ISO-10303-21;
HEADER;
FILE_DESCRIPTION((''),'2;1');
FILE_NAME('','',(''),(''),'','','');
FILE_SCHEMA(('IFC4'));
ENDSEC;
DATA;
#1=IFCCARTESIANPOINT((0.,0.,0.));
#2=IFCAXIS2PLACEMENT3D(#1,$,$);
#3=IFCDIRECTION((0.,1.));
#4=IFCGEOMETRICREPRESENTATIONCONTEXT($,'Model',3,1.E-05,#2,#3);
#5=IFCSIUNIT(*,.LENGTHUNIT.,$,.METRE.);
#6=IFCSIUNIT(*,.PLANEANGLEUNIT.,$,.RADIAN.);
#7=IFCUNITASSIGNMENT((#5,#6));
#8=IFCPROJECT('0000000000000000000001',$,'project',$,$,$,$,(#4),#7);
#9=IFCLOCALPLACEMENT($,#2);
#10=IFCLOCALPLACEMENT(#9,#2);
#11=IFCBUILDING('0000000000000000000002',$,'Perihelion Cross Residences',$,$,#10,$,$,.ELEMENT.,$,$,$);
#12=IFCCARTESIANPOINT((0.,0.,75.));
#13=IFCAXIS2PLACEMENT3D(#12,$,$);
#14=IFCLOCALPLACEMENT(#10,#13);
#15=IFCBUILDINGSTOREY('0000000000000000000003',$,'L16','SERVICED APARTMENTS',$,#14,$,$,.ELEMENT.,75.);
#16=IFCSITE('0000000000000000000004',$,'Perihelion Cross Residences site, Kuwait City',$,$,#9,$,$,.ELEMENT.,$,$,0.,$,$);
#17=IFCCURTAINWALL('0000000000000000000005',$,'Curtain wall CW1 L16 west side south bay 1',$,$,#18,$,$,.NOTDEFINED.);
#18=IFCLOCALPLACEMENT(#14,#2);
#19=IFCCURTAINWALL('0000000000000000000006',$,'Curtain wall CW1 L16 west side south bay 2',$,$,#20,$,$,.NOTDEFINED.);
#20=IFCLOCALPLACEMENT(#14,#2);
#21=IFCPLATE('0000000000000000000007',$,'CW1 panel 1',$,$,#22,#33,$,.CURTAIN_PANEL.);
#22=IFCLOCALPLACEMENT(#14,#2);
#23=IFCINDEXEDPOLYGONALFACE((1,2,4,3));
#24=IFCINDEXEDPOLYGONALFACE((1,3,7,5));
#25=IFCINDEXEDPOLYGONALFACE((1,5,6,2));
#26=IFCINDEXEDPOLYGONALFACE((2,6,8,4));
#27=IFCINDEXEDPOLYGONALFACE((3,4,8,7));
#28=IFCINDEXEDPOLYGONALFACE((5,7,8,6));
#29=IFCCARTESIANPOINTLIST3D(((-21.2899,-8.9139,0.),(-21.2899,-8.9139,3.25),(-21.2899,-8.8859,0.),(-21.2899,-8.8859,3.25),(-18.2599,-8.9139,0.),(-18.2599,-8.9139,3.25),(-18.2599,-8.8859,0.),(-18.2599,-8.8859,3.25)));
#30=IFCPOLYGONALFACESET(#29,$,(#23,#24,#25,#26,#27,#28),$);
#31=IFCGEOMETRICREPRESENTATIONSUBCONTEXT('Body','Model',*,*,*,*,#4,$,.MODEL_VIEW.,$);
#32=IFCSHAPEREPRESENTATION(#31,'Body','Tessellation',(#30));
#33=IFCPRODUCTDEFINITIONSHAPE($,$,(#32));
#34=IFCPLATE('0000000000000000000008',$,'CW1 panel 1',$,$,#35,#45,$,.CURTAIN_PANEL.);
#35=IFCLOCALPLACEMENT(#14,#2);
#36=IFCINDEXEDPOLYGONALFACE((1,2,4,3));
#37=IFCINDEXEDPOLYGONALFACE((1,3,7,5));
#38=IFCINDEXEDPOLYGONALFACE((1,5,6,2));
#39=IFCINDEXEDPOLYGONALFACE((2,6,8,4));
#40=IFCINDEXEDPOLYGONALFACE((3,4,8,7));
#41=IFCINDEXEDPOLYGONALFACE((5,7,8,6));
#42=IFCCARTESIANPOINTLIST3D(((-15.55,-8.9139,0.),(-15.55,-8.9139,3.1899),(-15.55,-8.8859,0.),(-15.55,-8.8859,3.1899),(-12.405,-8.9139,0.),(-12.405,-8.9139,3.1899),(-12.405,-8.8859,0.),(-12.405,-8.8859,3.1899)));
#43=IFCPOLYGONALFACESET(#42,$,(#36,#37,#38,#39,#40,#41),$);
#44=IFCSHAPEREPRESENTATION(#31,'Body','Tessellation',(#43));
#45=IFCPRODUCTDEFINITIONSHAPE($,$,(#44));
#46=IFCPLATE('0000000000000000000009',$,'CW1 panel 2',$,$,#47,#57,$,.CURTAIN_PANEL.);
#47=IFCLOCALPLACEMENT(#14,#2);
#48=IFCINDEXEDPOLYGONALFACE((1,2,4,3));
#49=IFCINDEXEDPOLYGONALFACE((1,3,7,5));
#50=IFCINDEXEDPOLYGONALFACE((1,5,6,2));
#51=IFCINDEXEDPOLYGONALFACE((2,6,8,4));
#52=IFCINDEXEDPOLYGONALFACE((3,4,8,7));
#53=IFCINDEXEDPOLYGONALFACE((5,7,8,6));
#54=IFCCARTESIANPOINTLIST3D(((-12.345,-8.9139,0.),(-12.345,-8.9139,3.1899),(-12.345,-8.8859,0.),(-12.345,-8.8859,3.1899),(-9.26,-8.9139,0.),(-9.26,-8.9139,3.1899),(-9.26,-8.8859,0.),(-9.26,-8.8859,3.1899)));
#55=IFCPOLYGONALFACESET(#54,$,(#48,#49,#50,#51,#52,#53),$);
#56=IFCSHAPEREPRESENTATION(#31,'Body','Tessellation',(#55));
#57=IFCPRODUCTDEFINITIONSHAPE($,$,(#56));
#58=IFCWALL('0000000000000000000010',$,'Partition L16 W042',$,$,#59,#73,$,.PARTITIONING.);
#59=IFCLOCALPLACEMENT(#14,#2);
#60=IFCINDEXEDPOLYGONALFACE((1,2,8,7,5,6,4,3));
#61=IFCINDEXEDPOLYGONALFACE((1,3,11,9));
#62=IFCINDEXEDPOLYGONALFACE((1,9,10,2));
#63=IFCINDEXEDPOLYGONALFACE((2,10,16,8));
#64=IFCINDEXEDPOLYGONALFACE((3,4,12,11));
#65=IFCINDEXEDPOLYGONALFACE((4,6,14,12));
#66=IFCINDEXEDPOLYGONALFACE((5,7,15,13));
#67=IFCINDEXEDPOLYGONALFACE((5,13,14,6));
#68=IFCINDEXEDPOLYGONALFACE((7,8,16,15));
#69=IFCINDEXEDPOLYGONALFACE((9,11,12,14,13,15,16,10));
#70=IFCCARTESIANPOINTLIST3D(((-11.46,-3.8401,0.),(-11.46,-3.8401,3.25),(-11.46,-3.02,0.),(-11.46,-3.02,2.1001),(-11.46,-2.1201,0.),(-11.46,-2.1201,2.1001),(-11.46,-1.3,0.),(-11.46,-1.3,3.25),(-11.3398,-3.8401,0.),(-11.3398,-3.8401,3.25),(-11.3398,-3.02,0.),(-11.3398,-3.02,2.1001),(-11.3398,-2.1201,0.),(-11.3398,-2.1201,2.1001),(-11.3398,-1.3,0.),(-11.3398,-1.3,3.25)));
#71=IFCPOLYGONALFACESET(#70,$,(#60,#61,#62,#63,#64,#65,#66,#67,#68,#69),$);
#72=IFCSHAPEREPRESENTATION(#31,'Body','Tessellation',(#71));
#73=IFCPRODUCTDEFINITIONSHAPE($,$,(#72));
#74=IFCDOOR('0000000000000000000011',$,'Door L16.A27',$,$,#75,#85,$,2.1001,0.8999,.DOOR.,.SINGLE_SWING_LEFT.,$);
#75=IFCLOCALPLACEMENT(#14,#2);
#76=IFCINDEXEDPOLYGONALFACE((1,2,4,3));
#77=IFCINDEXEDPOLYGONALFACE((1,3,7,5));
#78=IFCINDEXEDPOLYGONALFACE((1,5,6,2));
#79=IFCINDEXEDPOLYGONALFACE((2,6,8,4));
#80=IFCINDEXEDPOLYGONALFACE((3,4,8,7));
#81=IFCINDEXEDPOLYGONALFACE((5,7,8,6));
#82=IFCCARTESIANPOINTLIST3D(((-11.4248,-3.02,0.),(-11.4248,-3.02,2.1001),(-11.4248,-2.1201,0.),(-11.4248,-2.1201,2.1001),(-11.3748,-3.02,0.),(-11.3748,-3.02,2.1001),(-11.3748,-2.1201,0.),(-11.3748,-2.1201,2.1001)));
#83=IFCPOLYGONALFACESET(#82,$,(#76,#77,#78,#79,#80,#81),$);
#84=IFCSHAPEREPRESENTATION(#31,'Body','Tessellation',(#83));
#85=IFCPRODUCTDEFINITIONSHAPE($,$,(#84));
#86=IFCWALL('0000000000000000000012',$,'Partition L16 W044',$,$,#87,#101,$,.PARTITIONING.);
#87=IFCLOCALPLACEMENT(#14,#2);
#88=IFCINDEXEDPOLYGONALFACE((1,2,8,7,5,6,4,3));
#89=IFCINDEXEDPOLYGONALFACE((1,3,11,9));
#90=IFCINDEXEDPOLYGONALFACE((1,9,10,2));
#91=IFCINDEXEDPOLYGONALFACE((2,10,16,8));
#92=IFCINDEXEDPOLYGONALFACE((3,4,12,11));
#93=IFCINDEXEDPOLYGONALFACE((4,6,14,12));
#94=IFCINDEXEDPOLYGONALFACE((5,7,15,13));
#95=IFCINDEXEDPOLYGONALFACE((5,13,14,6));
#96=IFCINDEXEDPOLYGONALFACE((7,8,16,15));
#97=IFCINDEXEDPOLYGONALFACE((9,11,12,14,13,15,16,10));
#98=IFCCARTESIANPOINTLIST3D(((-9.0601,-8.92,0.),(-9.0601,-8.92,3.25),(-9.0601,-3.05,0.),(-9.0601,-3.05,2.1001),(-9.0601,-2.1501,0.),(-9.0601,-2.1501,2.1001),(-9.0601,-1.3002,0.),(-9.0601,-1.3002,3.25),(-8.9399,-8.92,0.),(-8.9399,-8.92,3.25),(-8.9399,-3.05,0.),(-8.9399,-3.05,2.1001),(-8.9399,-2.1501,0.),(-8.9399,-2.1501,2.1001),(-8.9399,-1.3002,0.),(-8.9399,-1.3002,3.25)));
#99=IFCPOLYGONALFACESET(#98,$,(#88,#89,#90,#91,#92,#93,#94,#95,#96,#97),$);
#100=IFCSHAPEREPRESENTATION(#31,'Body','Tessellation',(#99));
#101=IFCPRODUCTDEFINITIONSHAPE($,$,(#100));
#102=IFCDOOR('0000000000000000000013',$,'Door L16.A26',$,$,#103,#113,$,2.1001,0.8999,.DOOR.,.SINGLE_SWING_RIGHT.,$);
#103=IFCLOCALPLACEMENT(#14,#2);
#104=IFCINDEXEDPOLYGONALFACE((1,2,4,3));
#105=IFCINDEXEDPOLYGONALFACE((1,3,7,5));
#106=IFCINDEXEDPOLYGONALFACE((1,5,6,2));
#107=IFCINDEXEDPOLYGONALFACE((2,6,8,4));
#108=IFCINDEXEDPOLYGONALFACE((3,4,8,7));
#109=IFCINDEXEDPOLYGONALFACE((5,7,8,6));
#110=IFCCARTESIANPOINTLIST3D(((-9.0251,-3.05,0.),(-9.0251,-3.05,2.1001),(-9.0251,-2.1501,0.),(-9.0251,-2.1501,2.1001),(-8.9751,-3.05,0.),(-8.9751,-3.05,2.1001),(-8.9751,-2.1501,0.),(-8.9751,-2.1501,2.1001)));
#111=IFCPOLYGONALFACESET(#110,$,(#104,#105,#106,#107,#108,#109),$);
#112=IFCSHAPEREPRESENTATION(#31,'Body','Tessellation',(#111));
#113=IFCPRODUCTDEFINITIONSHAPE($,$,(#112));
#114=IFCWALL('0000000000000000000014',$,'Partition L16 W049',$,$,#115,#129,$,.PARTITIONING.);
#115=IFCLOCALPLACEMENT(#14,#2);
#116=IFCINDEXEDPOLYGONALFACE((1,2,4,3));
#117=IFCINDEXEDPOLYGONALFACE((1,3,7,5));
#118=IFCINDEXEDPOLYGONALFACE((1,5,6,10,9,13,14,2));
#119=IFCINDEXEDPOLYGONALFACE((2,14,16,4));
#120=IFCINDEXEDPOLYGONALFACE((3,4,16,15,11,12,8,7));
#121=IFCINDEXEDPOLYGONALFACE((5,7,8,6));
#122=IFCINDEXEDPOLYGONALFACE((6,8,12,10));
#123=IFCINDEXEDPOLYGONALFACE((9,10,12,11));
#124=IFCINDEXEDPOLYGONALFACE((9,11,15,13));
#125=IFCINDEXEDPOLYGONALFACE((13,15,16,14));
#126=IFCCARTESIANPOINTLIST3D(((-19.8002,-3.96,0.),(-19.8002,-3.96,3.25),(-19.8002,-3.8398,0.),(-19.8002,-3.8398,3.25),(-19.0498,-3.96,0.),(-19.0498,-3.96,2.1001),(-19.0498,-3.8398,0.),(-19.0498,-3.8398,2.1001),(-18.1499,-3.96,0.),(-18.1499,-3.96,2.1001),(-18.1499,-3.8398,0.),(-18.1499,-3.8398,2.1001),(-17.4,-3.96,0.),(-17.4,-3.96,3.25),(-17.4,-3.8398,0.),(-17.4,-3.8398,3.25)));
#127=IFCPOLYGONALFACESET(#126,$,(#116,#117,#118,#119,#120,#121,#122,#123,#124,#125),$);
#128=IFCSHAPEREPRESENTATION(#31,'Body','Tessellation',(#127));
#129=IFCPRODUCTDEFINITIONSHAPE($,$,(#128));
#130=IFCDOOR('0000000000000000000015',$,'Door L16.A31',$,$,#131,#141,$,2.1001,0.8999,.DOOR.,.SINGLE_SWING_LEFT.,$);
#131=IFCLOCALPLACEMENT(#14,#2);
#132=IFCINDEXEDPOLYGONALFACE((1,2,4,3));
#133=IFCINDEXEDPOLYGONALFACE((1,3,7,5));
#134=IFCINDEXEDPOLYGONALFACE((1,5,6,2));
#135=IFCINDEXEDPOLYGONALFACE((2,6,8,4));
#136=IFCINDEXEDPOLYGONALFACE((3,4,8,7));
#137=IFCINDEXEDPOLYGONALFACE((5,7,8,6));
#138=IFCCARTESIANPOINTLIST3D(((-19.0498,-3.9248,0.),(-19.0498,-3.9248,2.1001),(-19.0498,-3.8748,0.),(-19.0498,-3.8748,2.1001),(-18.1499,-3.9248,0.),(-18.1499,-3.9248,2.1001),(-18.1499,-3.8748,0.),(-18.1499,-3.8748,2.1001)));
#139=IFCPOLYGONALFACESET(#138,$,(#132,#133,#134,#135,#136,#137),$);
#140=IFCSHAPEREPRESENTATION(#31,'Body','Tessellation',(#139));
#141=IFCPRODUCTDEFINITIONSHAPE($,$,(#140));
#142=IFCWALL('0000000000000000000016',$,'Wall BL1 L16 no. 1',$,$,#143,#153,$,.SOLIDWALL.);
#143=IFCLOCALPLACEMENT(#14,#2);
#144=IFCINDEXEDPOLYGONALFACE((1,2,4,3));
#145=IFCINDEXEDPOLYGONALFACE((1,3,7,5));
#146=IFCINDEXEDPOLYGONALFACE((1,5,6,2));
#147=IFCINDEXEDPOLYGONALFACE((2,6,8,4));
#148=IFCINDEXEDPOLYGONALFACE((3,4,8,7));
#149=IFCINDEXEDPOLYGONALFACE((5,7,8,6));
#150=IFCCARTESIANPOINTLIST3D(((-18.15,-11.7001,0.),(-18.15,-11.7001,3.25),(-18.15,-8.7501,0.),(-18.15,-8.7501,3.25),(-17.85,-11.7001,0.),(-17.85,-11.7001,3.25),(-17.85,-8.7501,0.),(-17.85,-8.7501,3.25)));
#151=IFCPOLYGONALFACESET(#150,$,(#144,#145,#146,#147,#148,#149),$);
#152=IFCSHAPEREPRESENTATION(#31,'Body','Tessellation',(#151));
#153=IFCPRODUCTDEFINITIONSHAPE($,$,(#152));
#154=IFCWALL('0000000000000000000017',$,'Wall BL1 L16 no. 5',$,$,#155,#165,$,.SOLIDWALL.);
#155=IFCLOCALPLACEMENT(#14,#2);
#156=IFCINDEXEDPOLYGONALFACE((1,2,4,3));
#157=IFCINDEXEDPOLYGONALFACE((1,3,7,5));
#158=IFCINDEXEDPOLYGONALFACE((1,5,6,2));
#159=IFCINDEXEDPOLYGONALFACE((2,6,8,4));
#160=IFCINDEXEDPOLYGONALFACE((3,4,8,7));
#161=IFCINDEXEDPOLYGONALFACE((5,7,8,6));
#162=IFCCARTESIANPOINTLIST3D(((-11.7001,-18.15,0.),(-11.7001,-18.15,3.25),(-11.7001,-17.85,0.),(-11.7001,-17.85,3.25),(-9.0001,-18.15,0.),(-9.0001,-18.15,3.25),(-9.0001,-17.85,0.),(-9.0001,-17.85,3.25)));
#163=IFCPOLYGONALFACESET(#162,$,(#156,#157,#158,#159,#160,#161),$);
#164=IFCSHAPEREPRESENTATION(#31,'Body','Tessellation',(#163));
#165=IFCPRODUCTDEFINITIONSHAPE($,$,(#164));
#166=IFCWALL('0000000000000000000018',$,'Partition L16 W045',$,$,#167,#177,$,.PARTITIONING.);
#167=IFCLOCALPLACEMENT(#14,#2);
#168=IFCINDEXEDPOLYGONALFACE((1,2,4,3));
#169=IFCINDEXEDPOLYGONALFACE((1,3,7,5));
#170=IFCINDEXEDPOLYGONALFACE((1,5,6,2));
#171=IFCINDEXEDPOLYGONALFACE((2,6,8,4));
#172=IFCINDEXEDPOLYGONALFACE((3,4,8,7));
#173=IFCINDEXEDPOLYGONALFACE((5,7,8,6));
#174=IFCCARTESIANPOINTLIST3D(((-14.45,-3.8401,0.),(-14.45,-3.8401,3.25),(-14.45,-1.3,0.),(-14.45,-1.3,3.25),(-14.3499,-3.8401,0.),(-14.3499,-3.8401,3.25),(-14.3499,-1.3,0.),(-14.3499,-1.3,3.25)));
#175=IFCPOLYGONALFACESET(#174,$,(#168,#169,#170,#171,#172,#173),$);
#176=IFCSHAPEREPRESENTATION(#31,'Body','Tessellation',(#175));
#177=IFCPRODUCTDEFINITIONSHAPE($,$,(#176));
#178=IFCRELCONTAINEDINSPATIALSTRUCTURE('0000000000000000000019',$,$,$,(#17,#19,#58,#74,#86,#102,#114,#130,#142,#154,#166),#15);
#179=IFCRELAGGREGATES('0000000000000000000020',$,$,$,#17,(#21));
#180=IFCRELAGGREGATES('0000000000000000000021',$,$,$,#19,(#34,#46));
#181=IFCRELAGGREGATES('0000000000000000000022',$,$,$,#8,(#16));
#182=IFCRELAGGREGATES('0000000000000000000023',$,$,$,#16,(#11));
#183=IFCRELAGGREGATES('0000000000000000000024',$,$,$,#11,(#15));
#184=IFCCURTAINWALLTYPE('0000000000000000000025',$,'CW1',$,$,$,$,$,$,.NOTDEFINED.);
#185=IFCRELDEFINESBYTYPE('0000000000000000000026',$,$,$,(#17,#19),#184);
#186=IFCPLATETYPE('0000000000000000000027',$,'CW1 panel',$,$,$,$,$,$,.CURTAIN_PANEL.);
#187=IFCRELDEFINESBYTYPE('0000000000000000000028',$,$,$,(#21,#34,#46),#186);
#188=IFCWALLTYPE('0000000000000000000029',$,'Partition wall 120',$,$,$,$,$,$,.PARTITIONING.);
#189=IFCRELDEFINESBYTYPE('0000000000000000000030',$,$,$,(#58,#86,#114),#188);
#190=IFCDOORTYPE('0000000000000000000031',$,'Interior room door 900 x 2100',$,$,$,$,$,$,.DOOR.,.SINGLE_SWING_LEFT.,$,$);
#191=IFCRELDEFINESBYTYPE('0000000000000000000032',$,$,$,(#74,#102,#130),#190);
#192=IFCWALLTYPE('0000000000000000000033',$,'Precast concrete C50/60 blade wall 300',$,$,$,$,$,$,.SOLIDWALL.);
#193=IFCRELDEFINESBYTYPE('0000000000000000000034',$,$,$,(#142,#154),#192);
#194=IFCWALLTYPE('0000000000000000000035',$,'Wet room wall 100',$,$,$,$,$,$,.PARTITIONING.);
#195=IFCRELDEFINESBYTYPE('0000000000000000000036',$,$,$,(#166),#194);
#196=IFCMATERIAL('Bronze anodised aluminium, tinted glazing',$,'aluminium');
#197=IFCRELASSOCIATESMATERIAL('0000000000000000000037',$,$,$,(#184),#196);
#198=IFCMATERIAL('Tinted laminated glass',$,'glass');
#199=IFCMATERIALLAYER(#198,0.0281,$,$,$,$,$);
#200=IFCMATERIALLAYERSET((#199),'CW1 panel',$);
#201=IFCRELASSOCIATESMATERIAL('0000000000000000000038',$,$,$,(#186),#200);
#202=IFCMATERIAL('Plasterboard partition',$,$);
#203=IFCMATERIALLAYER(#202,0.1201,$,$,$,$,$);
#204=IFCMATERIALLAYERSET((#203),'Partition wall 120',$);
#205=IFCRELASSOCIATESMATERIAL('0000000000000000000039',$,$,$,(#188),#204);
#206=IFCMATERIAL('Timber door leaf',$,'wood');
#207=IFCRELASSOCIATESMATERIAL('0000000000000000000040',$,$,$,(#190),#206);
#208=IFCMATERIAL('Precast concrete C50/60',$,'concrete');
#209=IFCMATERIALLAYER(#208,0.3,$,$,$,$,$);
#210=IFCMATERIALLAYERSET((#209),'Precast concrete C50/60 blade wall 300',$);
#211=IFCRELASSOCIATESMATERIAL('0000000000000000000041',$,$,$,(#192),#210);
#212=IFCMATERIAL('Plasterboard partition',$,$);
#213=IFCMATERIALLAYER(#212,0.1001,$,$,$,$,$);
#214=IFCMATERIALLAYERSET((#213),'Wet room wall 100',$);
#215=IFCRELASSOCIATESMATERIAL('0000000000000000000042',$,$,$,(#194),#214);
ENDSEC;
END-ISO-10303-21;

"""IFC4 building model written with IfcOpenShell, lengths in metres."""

from ifc_helpers import new_model, si_unit, direction, frame, frame_2d, origin, origin_2d, place, context, subcontext, project, spatial, rectangle, extrude, material, layer, layer_set, type_object, element, fill, aggregate, save


model = new_model("IFC4")

# Units and contexts
model_context = context("Model", 3, precision=1e-05, world=origin(), true_north=direction((0.0, 1.0)))
body_context = subcontext(model_context, "Body", "Model", "MODEL_VIEW")
ifc_project = project(units=[si_unit("LENGTHUNIT", "METRE"), si_unit("PLANEANGLEUNIT", "RADIAN")], contexts=[model_context])

# Site, building, storey
site_placement = place(None, origin())
site = spatial("IfcSite", under=ifc_project, at=site_placement, Name="Perihelion Cross Residences site, Kuwait City", CompositionType="ELEMENT", RefElevation=0.0)
building_placement = place(site_placement, origin())
building = spatial("IfcBuilding", under=site, at=building_placement, Name="Perihelion Cross Residences", CompositionType="ELEMENT")
storey_placement = place(building_placement, frame((0.0, 0.0, 75.0)))
storey = spatial("IfcBuildingStorey", under=building, at=storey_placement, Name="L16", Description="SERVICED APARTMENTS", CompositionType="ELEMENT", Elevation=75.0)

# Curtain wall
ifc_material_1 = material(Name="Bronze anodised aluminium, tinted glazing", Category="aluminium")
curtain_wall_type = type_object("IfcCurtainWallType", Name="CW1", PredefinedType="NOTDEFINED", material=ifc_material_1)
curtain_wall_1_placement = place(storey_placement, origin())
curtain_wall_1 = element("IfcCurtainWall", 1, at=curtain_wall_1_placement, inside=storey, type_object=curtain_wall_type, Name="Curtain wall CW1 L16 west side south bay 1", PredefinedType="NOTDEFINED")

# Curtain wall
curtain_wall_2_placement = place(storey_placement, origin())
curtain_wall_2 = element("IfcCurtainWall", 2, at=curtain_wall_2_placement, inside=storey, type_object=curtain_wall_type, Name="Curtain wall CW1 L16 west side south bay 2", PredefinedType="NOTDEFINED")

# Plates
ifc_material_2 = material(Name="Tinted laminated glass", Category="glass")
ifc_layer_1 = layer(ifc_material_2, 0.0281)
ifc_layer_set_1 = layer_set([ifc_layer_1], Name="CW1 panel")
plate_type = type_object("IfcPlateType", Name="CW1 panel", PredefinedType="CURTAIN_PANEL", material=ifc_layer_set_1)
plate_1_placement = place(storey_placement, frame((-19.7749, -8.8999, 0.0), z_axis=(0.0, 0.0, 1.0), x_axis=(1.0, 0.0, 0.0)))
plate_1 = element("IfcPlate", 3, at=plate_1_placement, type_object=plate_type, Name="CW1 panel 1", PredefinedType="CURTAIN_PANEL", context=body_context, shape_type="SweptSolid", body=[
    extrude(rectangle(XDim=3.03, YDim=0.0281, at=origin_2d()), origin(), (0.0, 0.0, 1.0), 3.25),
])
aggregate(curtain_wall_1, [plate_1])
plate_2_placement = place(storey_placement, frame((-13.9775, -8.8999, 0.0), z_axis=(0.0, 0.0, 1.0), x_axis=(1.0, 0.0, 0.0)))
plate_2 = element("IfcPlate", 4, at=plate_2_placement, type_object=plate_type, Name="CW1 panel 1", PredefinedType="CURTAIN_PANEL", context=body_context, shape_type="SweptSolid", body=[
    extrude(rectangle(XDim=3.145, YDim=0.0281, at=origin_2d()), origin(), (0.0, 0.0, 1.0), 3.1899),
])
plate_3_placement = place(storey_placement, frame((-10.8025, -8.8999, 0.0), z_axis=(0.0, 0.0, 1.0), x_axis=(1.0, 0.0, 0.0)))
plate_3 = element("IfcPlate", 5, at=plate_3_placement, type_object=plate_type, Name="CW1 panel 2", PredefinedType="CURTAIN_PANEL", context=body_context, shape_type="SweptSolid", body=[
    extrude(rectangle(XDim=3.085, YDim=0.0281, at=origin_2d()), origin(), (0.0, 0.0, 1.0), 3.1899),
])
aggregate(curtain_wall_2, [plate_2, plate_3])

# Walls, openings, doors
ifc_material_3 = material(Name="Plasterboard partition")
ifc_layer_2 = layer(ifc_material_3, 0.1201)
ifc_layer_set_2 = layer_set([ifc_layer_2], Name="Partition wall 120")
wall_type_1 = type_object("IfcWallType", Name="Partition wall 120", PredefinedType="PARTITIONING", material=ifc_layer_set_2)
wall_1_placement = place(storey_placement, frame((-11.3999, -3.8401, 0.0), z_axis=(0.0, 0.0, 1.0), x_axis=(0.0, 1.0, 0.0)))
wall_1 = element("IfcWall", 6, at=wall_1_placement, inside=storey, type_object=wall_type_1, Name="Partition L16 W042", PredefinedType="PARTITIONING", context=body_context, shape_type="SweptSolid", body=[
    extrude(rectangle(XDim=2.54, YDim=0.1201, at=frame_2d((1.27, 0.0))), origin(), (0.0, 0.0, 1.0), 3.25),
])
opening_1_placement = place(wall_1_placement, frame((0.8201, 0.0, 0.0)))
opening_1 = element("IfcOpeningElement", 7, at=opening_1_placement, cuts=wall_1, PredefinedType="OPENING", context=body_context, shape_type="SweptSolid", body=[
    extrude(rectangle(XDim=0.8999, YDim=2.1001, at=frame_2d((0.45, 1.05))), frame((0.0, 0.0701, 0.0), z_axis=(0.0, -1.0, 0.0), x_axis=(1.0, 0.0, 0.0)), (0.0, 0.0, 1.0), 0.1401),
])
ifc_material_4 = material(Name="Timber door leaf", Category="wood")
door_type_1 = type_object("IfcDoorType", Name="Interior room door 900 x 2100", OperationType="SINGLE_SWING_LEFT", PredefinedType="DOOR", material=ifc_material_4)
door_1_placement = place(opening_1_placement, origin())
door_1 = element("IfcDoor", 8, at=door_1_placement, inside=storey, type_object=door_type_1, Name="Door L16.A27", OperationType="SINGLE_SWING_LEFT", OverallHeight=2.1001, OverallWidth=0.8999, PredefinedType="DOOR", context=body_context, shape_type="SweptSolid", body=[
    extrude(rectangle(XDim=0.8999, YDim=2.1001, at=frame_2d((0.45, 1.05))), frame((0.0, 0.0249, 0.0), z_axis=(0.0, -1.0, 0.0), x_axis=(1.0, 0.0, 0.0)), (0.0, 0.0, 1.0), 0.05),
])
fill(opening_1, door_1)
wall_2_placement = place(storey_placement, frame((-9.0, -1.3, 0.0), z_axis=(0.0, 0.0, 1.0), x_axis=(0.0, -1.0, 0.0)))
wall_2 = element("IfcWall", 9, at=wall_2_placement, inside=storey, type_object=wall_type_1, Name="Partition L16 W044", PredefinedType="PARTITIONING", context=body_context, shape_type="SweptSolid", body=[
    extrude(rectangle(XDim=7.6199, YDim=0.1201, at=frame_2d((3.8101, 0.0))), origin(), (0.0, 0.0, 1.0), 3.25),
])
opening_2_placement = place(wall_2_placement, frame((0.8501, 0.0, 0.0)))
opening_2 = element("IfcOpeningElement", 10, at=opening_2_placement, cuts=wall_2, PredefinedType="OPENING", context=body_context, shape_type="SweptSolid", body=[
    extrude(rectangle(XDim=0.8999, YDim=2.1001, at=frame_2d((0.45, 1.05))), frame((0.0, 0.0701, 0.0), z_axis=(0.0, -1.0, 0.0), x_axis=(1.0, 0.0, 0.0)), (0.0, 0.0, 1.0), 0.1401),
])
door_2_placement = place(opening_2_placement, origin())
door_2 = element("IfcDoor", 11, at=door_2_placement, inside=storey, type_object=door_type_1, Name="Door L16.A26", OperationType="SINGLE_SWING_RIGHT", OverallHeight=2.1001, OverallWidth=0.8999, PredefinedType="DOOR", context=body_context, shape_type="SweptSolid", body=[
    extrude(rectangle(XDim=0.8999, YDim=2.1001, at=frame_2d((0.45, 1.05))), frame((0.0, 0.0249, 0.0), z_axis=(0.0, -1.0, 0.0), x_axis=(1.0, 0.0, 0.0)), (0.0, 0.0, 1.0), 0.05),
])
fill(opening_2, door_2)
wall_3_placement = place(storey_placement, frame((-17.3999, -3.8999, 0.0), z_axis=(0.0, 0.0, 1.0), x_axis=(-1.0, 0.0, 0.0)))
wall_3 = element("IfcWall", 12, at=wall_3_placement, inside=storey, type_object=wall_type_1, Name="Partition L16 W049", PredefinedType="PARTITIONING", context=body_context, shape_type="SweptSolid", body=[
    extrude(rectangle(XDim=2.4001, YDim=0.1201, at=frame_2d((1.2002, 0.0))), origin(), (0.0, 0.0, 1.0), 3.25),
])
opening_3_placement = place(wall_3_placement, frame((0.75, 0.0, 0.0)))
opening_3 = element("IfcOpeningElement", 13, at=opening_3_placement, cuts=wall_3, PredefinedType="OPENING", context=body_context, shape_type="SweptSolid", body=[
    extrude(rectangle(XDim=0.8999, YDim=2.1001, at=frame_2d((0.45, 1.05))), frame((0.0, 0.0701, 0.0), z_axis=(0.0, -1.0, 0.0), x_axis=(1.0, 0.0, 0.0)), (0.0, 0.0, 1.0), 0.1401),
])
door_3_placement = place(opening_3_placement, origin())
door_3 = element("IfcDoor", 14, at=door_3_placement, inside=storey, type_object=door_type_1, Name="Door L16.A31", OperationType="SINGLE_SWING_LEFT", OverallHeight=2.1001, OverallWidth=0.8999, PredefinedType="DOOR", context=body_context, shape_type="SweptSolid", body=[
    extrude(rectangle(XDim=0.8999, YDim=2.1001, at=frame_2d((0.45, 1.05))), frame((0.0, 0.0249, 0.0), z_axis=(0.0, -1.0, 0.0), x_axis=(1.0, 0.0, 0.0)), (0.0, 0.0, 1.0), 0.05),
])
fill(opening_3, door_3)

# Walls
ifc_material_5 = material(Name="Precast concrete C50/60", Category="concrete")
ifc_layer_3 = layer(ifc_material_5, 0.3)
ifc_layer_set_3 = layer_set([ifc_layer_3], Name="Precast concrete C50/60 blade wall 300")
wall_type_2 = type_object("IfcWallType", Name="Precast concrete C50/60 blade wall 300", PredefinedType="SOLIDWALL", material=ifc_layer_set_3)
wall_4_placement = place(storey_placement, frame((-18.0, -8.75, 0.0), z_axis=(0.0, 0.0, 1.0), x_axis=(0.0, -1.0, 0.0)))
element("IfcWall", 15, at=wall_4_placement, inside=storey, type_object=wall_type_2, Name="Wall BL1 L16 no. 1", PredefinedType="SOLIDWALL", context=body_context, shape_type="SweptSolid", body=[
    extrude(rectangle(XDim=2.95, YDim=0.3, at=frame_2d((1.4751, 0.0))), origin(), (0.0, 0.0, 1.0), 3.25),
])
wall_5_placement = place(storey_placement, frame((-9.0, -18.0, 0.0), z_axis=(0.0, 0.0, 1.0), x_axis=(-1.0, 0.0, 0.0)))
element("IfcWall", 16, at=wall_5_placement, inside=storey, type_object=wall_type_2, Name="Wall BL1 L16 no. 5", PredefinedType="SOLIDWALL", context=body_context, shape_type="SweptSolid", body=[
    extrude(rectangle(XDim=2.7, YDim=0.3, at=frame_2d((1.3501, 0.0))), origin(), (0.0, 0.0, 1.0), 3.25),
])
ifc_material_6 = material(Name="Plasterboard partition")
ifc_layer_4 = layer(ifc_material_6, 0.1001)
ifc_layer_set_4 = layer_set([ifc_layer_4], Name="Wet room wall 100")
wall_type_3 = type_object("IfcWallType", Name="Wet room wall 100", PredefinedType="PARTITIONING", material=ifc_layer_set_4)
for number, where, z_axis, x_axis, name in (
    (17, (-14.3999, -3.8401, 0.0), (0.0, 0.0, 1.0), (0.0, 1.0, 0.0), "Partition L16 W045"),
):
    element("IfcWall", number, at=place(storey_placement, frame(where, z_axis=z_axis, x_axis=x_axis)), inside=storey, type_object=wall_type_3, Name=name, PredefinedType="PARTITIONING", context=body_context, shape_type="SweptSolid", body=[
        extrude(rectangle(XDim=2.54, YDim=0.1001, at=frame_2d((1.27, 0.0))), origin(), (0.0, 0.0, 1.0), 3.25),
    ])

save(model, "model.ifc")
